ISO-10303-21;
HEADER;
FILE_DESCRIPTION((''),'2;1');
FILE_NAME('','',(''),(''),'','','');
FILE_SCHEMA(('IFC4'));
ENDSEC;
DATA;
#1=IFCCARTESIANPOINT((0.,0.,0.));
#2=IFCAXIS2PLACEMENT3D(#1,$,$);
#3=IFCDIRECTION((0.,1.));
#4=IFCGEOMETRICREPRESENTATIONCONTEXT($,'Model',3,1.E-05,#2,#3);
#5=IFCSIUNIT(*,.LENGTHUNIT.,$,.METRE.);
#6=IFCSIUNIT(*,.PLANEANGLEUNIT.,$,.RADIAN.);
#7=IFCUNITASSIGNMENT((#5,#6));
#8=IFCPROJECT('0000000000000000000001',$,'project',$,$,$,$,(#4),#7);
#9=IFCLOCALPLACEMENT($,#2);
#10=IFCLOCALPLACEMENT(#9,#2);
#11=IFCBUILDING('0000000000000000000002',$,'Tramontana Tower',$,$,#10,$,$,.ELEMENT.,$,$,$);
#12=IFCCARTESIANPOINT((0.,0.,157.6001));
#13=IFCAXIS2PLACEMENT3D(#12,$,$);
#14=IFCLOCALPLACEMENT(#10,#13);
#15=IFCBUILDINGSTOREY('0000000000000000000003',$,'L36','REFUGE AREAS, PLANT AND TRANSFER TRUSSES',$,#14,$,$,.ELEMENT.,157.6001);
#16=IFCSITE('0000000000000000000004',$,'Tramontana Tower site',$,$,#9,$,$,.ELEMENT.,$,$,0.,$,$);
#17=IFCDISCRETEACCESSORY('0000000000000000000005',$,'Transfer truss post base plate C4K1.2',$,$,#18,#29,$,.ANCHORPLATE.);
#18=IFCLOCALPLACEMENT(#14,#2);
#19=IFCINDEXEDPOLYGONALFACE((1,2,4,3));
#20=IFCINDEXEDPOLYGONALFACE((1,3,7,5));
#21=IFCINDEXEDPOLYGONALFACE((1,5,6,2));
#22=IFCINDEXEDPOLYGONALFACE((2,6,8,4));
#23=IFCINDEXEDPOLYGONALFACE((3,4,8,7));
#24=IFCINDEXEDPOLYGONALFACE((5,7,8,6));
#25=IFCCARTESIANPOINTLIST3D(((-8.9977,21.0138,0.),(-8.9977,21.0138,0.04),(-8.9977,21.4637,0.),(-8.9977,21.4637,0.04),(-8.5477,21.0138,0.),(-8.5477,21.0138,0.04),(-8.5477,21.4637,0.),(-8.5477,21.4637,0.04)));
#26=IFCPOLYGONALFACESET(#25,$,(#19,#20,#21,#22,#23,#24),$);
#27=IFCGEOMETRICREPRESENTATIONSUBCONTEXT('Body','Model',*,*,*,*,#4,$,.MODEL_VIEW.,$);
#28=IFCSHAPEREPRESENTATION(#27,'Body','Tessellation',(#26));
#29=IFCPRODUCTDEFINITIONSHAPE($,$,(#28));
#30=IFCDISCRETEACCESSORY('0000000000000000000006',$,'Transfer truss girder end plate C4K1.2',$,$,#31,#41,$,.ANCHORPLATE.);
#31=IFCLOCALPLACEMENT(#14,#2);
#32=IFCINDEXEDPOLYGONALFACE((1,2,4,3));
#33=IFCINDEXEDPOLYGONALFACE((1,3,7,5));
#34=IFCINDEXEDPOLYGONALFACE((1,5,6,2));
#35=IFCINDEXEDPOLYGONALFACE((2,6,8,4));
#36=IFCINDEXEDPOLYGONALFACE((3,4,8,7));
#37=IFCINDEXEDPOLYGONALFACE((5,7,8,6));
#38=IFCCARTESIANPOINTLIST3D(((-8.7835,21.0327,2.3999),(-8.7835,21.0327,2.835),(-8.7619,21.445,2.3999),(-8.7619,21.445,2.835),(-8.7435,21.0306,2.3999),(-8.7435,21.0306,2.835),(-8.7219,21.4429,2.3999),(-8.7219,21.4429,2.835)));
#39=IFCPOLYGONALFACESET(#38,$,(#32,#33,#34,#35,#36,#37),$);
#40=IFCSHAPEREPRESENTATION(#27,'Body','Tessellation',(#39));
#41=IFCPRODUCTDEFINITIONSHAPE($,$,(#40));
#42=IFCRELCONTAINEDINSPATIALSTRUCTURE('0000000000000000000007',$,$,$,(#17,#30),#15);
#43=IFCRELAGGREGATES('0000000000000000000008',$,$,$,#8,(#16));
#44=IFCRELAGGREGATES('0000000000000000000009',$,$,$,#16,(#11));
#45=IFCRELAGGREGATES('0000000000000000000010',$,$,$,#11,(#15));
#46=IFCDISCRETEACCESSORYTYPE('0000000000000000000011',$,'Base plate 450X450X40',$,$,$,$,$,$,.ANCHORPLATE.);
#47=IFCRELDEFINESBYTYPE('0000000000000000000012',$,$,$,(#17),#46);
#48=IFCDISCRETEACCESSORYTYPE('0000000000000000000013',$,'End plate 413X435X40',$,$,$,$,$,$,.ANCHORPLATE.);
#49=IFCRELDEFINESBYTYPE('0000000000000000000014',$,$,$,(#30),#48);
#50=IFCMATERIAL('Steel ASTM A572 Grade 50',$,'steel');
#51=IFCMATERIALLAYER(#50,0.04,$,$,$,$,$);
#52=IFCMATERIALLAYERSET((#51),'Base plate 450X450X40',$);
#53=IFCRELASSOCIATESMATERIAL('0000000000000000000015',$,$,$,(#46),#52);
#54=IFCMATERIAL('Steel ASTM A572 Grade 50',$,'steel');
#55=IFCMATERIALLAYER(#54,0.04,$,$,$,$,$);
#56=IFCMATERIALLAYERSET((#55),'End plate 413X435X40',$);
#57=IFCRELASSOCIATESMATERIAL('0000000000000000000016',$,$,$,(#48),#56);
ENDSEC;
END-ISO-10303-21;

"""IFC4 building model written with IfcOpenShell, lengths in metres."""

from ifc_helpers import new_model, si_unit, direction, frame, origin, origin_2d, place, context, subcontext, project, spatial, rectangle, extrude, material, layer, layer_set, type_object, element, save


model = new_model("IFC4")

# Units and contexts
model_context = context("Model", 3, precision=1e-05, world=origin(), true_north=direction((0.0, 1.0)))
body_context = subcontext(model_context, "Body", "Model", "MODEL_VIEW")
ifc_project = project(units=[si_unit("LENGTHUNIT", "METRE"), si_unit("PLANEANGLEUNIT", "RADIAN")], contexts=[model_context])

# Site, building, storey
site_placement = place(None, origin())
site = spatial("IfcSite", under=ifc_project, at=site_placement, Name="Tramontana Tower site", CompositionType="ELEMENT", RefElevation=0.0)
building_placement = place(site_placement, origin())
building = spatial("IfcBuilding", under=site, at=building_placement, Name="Tramontana Tower", CompositionType="ELEMENT")
storey_placement = place(building_placement, frame((0.0, 0.0, 157.6001)))
storey = spatial("IfcBuildingStorey", under=building, at=storey_placement, Name="L36", Description="REFUGE AREAS, PLANT AND TRANSFER TRUSSES", CompositionType="ELEMENT", Elevation=157.6001)

# Discrete accessories
ifc_material_1 = material(Name="Steel ASTM A572 Grade 50", Category="steel")
ifc_layer_1 = layer(ifc_material_1, 0.04)
ifc_layer_set_1 = layer_set([ifc_layer_1], Name="Base plate 450X450X40")
discrete_accessory_type_1 = type_object("IfcDiscreteAccessoryType", Name="Base plate 450X450X40", PredefinedType="ANCHORPLATE", material=ifc_layer_set_1)
discrete_accessory_1_placement = place(storey_placement, frame((-8.7727, 21.2388, 0.0), z_axis=(0.0, 0.0, 1.0), x_axis=(1.0, 0.0, 0.0)))
element("IfcDiscreteAccessory", 1, at=discrete_accessory_1_placement, inside=storey, type_object=discrete_accessory_type_1, Name="Transfer truss post base plate C4K1.2", PredefinedType="ANCHORPLATE", context=body_context, shape_type="SweptSolid", body=[
    extrude(rectangle(XDim=0.45, YDim=0.45, at=origin_2d()), origin(), (0.0, 0.0, 1.0), 0.04),
])
ifc_material_2 = material(Name="Steel ASTM A572 Grade 50", Category="steel")
ifc_layer_2 = layer(ifc_material_2, 0.04)
ifc_layer_set_2 = layer_set([ifc_layer_2], Name="End plate 413X435X40")
discrete_accessory_type_2 = type_object("IfcDiscreteAccessoryType", Name="End plate 413X435X40", PredefinedType="ANCHORPLATE", material=ifc_layer_set_2)
discrete_accessory_2_placement = place(storey_placement, frame((-8.7527, 21.2378, 2.3999), z_axis=(0.0, 0.0, 1.0), x_axis=(-0.052336, -0.99863, 0.0)))
element("IfcDiscreteAccessory", 2, at=discrete_accessory_2_placement, inside=storey, type_object=discrete_accessory_type_2, Name="Transfer truss girder end plate C4K1.2", PredefinedType="ANCHORPLATE", context=body_context, shape_type="SweptSolid", body=[
    extrude(rectangle(XDim=0.4128, YDim=0.04, at=origin_2d()), origin(), (0.0, 0.0, 1.0), 0.4351),
])

save(model, "model.ifc")
